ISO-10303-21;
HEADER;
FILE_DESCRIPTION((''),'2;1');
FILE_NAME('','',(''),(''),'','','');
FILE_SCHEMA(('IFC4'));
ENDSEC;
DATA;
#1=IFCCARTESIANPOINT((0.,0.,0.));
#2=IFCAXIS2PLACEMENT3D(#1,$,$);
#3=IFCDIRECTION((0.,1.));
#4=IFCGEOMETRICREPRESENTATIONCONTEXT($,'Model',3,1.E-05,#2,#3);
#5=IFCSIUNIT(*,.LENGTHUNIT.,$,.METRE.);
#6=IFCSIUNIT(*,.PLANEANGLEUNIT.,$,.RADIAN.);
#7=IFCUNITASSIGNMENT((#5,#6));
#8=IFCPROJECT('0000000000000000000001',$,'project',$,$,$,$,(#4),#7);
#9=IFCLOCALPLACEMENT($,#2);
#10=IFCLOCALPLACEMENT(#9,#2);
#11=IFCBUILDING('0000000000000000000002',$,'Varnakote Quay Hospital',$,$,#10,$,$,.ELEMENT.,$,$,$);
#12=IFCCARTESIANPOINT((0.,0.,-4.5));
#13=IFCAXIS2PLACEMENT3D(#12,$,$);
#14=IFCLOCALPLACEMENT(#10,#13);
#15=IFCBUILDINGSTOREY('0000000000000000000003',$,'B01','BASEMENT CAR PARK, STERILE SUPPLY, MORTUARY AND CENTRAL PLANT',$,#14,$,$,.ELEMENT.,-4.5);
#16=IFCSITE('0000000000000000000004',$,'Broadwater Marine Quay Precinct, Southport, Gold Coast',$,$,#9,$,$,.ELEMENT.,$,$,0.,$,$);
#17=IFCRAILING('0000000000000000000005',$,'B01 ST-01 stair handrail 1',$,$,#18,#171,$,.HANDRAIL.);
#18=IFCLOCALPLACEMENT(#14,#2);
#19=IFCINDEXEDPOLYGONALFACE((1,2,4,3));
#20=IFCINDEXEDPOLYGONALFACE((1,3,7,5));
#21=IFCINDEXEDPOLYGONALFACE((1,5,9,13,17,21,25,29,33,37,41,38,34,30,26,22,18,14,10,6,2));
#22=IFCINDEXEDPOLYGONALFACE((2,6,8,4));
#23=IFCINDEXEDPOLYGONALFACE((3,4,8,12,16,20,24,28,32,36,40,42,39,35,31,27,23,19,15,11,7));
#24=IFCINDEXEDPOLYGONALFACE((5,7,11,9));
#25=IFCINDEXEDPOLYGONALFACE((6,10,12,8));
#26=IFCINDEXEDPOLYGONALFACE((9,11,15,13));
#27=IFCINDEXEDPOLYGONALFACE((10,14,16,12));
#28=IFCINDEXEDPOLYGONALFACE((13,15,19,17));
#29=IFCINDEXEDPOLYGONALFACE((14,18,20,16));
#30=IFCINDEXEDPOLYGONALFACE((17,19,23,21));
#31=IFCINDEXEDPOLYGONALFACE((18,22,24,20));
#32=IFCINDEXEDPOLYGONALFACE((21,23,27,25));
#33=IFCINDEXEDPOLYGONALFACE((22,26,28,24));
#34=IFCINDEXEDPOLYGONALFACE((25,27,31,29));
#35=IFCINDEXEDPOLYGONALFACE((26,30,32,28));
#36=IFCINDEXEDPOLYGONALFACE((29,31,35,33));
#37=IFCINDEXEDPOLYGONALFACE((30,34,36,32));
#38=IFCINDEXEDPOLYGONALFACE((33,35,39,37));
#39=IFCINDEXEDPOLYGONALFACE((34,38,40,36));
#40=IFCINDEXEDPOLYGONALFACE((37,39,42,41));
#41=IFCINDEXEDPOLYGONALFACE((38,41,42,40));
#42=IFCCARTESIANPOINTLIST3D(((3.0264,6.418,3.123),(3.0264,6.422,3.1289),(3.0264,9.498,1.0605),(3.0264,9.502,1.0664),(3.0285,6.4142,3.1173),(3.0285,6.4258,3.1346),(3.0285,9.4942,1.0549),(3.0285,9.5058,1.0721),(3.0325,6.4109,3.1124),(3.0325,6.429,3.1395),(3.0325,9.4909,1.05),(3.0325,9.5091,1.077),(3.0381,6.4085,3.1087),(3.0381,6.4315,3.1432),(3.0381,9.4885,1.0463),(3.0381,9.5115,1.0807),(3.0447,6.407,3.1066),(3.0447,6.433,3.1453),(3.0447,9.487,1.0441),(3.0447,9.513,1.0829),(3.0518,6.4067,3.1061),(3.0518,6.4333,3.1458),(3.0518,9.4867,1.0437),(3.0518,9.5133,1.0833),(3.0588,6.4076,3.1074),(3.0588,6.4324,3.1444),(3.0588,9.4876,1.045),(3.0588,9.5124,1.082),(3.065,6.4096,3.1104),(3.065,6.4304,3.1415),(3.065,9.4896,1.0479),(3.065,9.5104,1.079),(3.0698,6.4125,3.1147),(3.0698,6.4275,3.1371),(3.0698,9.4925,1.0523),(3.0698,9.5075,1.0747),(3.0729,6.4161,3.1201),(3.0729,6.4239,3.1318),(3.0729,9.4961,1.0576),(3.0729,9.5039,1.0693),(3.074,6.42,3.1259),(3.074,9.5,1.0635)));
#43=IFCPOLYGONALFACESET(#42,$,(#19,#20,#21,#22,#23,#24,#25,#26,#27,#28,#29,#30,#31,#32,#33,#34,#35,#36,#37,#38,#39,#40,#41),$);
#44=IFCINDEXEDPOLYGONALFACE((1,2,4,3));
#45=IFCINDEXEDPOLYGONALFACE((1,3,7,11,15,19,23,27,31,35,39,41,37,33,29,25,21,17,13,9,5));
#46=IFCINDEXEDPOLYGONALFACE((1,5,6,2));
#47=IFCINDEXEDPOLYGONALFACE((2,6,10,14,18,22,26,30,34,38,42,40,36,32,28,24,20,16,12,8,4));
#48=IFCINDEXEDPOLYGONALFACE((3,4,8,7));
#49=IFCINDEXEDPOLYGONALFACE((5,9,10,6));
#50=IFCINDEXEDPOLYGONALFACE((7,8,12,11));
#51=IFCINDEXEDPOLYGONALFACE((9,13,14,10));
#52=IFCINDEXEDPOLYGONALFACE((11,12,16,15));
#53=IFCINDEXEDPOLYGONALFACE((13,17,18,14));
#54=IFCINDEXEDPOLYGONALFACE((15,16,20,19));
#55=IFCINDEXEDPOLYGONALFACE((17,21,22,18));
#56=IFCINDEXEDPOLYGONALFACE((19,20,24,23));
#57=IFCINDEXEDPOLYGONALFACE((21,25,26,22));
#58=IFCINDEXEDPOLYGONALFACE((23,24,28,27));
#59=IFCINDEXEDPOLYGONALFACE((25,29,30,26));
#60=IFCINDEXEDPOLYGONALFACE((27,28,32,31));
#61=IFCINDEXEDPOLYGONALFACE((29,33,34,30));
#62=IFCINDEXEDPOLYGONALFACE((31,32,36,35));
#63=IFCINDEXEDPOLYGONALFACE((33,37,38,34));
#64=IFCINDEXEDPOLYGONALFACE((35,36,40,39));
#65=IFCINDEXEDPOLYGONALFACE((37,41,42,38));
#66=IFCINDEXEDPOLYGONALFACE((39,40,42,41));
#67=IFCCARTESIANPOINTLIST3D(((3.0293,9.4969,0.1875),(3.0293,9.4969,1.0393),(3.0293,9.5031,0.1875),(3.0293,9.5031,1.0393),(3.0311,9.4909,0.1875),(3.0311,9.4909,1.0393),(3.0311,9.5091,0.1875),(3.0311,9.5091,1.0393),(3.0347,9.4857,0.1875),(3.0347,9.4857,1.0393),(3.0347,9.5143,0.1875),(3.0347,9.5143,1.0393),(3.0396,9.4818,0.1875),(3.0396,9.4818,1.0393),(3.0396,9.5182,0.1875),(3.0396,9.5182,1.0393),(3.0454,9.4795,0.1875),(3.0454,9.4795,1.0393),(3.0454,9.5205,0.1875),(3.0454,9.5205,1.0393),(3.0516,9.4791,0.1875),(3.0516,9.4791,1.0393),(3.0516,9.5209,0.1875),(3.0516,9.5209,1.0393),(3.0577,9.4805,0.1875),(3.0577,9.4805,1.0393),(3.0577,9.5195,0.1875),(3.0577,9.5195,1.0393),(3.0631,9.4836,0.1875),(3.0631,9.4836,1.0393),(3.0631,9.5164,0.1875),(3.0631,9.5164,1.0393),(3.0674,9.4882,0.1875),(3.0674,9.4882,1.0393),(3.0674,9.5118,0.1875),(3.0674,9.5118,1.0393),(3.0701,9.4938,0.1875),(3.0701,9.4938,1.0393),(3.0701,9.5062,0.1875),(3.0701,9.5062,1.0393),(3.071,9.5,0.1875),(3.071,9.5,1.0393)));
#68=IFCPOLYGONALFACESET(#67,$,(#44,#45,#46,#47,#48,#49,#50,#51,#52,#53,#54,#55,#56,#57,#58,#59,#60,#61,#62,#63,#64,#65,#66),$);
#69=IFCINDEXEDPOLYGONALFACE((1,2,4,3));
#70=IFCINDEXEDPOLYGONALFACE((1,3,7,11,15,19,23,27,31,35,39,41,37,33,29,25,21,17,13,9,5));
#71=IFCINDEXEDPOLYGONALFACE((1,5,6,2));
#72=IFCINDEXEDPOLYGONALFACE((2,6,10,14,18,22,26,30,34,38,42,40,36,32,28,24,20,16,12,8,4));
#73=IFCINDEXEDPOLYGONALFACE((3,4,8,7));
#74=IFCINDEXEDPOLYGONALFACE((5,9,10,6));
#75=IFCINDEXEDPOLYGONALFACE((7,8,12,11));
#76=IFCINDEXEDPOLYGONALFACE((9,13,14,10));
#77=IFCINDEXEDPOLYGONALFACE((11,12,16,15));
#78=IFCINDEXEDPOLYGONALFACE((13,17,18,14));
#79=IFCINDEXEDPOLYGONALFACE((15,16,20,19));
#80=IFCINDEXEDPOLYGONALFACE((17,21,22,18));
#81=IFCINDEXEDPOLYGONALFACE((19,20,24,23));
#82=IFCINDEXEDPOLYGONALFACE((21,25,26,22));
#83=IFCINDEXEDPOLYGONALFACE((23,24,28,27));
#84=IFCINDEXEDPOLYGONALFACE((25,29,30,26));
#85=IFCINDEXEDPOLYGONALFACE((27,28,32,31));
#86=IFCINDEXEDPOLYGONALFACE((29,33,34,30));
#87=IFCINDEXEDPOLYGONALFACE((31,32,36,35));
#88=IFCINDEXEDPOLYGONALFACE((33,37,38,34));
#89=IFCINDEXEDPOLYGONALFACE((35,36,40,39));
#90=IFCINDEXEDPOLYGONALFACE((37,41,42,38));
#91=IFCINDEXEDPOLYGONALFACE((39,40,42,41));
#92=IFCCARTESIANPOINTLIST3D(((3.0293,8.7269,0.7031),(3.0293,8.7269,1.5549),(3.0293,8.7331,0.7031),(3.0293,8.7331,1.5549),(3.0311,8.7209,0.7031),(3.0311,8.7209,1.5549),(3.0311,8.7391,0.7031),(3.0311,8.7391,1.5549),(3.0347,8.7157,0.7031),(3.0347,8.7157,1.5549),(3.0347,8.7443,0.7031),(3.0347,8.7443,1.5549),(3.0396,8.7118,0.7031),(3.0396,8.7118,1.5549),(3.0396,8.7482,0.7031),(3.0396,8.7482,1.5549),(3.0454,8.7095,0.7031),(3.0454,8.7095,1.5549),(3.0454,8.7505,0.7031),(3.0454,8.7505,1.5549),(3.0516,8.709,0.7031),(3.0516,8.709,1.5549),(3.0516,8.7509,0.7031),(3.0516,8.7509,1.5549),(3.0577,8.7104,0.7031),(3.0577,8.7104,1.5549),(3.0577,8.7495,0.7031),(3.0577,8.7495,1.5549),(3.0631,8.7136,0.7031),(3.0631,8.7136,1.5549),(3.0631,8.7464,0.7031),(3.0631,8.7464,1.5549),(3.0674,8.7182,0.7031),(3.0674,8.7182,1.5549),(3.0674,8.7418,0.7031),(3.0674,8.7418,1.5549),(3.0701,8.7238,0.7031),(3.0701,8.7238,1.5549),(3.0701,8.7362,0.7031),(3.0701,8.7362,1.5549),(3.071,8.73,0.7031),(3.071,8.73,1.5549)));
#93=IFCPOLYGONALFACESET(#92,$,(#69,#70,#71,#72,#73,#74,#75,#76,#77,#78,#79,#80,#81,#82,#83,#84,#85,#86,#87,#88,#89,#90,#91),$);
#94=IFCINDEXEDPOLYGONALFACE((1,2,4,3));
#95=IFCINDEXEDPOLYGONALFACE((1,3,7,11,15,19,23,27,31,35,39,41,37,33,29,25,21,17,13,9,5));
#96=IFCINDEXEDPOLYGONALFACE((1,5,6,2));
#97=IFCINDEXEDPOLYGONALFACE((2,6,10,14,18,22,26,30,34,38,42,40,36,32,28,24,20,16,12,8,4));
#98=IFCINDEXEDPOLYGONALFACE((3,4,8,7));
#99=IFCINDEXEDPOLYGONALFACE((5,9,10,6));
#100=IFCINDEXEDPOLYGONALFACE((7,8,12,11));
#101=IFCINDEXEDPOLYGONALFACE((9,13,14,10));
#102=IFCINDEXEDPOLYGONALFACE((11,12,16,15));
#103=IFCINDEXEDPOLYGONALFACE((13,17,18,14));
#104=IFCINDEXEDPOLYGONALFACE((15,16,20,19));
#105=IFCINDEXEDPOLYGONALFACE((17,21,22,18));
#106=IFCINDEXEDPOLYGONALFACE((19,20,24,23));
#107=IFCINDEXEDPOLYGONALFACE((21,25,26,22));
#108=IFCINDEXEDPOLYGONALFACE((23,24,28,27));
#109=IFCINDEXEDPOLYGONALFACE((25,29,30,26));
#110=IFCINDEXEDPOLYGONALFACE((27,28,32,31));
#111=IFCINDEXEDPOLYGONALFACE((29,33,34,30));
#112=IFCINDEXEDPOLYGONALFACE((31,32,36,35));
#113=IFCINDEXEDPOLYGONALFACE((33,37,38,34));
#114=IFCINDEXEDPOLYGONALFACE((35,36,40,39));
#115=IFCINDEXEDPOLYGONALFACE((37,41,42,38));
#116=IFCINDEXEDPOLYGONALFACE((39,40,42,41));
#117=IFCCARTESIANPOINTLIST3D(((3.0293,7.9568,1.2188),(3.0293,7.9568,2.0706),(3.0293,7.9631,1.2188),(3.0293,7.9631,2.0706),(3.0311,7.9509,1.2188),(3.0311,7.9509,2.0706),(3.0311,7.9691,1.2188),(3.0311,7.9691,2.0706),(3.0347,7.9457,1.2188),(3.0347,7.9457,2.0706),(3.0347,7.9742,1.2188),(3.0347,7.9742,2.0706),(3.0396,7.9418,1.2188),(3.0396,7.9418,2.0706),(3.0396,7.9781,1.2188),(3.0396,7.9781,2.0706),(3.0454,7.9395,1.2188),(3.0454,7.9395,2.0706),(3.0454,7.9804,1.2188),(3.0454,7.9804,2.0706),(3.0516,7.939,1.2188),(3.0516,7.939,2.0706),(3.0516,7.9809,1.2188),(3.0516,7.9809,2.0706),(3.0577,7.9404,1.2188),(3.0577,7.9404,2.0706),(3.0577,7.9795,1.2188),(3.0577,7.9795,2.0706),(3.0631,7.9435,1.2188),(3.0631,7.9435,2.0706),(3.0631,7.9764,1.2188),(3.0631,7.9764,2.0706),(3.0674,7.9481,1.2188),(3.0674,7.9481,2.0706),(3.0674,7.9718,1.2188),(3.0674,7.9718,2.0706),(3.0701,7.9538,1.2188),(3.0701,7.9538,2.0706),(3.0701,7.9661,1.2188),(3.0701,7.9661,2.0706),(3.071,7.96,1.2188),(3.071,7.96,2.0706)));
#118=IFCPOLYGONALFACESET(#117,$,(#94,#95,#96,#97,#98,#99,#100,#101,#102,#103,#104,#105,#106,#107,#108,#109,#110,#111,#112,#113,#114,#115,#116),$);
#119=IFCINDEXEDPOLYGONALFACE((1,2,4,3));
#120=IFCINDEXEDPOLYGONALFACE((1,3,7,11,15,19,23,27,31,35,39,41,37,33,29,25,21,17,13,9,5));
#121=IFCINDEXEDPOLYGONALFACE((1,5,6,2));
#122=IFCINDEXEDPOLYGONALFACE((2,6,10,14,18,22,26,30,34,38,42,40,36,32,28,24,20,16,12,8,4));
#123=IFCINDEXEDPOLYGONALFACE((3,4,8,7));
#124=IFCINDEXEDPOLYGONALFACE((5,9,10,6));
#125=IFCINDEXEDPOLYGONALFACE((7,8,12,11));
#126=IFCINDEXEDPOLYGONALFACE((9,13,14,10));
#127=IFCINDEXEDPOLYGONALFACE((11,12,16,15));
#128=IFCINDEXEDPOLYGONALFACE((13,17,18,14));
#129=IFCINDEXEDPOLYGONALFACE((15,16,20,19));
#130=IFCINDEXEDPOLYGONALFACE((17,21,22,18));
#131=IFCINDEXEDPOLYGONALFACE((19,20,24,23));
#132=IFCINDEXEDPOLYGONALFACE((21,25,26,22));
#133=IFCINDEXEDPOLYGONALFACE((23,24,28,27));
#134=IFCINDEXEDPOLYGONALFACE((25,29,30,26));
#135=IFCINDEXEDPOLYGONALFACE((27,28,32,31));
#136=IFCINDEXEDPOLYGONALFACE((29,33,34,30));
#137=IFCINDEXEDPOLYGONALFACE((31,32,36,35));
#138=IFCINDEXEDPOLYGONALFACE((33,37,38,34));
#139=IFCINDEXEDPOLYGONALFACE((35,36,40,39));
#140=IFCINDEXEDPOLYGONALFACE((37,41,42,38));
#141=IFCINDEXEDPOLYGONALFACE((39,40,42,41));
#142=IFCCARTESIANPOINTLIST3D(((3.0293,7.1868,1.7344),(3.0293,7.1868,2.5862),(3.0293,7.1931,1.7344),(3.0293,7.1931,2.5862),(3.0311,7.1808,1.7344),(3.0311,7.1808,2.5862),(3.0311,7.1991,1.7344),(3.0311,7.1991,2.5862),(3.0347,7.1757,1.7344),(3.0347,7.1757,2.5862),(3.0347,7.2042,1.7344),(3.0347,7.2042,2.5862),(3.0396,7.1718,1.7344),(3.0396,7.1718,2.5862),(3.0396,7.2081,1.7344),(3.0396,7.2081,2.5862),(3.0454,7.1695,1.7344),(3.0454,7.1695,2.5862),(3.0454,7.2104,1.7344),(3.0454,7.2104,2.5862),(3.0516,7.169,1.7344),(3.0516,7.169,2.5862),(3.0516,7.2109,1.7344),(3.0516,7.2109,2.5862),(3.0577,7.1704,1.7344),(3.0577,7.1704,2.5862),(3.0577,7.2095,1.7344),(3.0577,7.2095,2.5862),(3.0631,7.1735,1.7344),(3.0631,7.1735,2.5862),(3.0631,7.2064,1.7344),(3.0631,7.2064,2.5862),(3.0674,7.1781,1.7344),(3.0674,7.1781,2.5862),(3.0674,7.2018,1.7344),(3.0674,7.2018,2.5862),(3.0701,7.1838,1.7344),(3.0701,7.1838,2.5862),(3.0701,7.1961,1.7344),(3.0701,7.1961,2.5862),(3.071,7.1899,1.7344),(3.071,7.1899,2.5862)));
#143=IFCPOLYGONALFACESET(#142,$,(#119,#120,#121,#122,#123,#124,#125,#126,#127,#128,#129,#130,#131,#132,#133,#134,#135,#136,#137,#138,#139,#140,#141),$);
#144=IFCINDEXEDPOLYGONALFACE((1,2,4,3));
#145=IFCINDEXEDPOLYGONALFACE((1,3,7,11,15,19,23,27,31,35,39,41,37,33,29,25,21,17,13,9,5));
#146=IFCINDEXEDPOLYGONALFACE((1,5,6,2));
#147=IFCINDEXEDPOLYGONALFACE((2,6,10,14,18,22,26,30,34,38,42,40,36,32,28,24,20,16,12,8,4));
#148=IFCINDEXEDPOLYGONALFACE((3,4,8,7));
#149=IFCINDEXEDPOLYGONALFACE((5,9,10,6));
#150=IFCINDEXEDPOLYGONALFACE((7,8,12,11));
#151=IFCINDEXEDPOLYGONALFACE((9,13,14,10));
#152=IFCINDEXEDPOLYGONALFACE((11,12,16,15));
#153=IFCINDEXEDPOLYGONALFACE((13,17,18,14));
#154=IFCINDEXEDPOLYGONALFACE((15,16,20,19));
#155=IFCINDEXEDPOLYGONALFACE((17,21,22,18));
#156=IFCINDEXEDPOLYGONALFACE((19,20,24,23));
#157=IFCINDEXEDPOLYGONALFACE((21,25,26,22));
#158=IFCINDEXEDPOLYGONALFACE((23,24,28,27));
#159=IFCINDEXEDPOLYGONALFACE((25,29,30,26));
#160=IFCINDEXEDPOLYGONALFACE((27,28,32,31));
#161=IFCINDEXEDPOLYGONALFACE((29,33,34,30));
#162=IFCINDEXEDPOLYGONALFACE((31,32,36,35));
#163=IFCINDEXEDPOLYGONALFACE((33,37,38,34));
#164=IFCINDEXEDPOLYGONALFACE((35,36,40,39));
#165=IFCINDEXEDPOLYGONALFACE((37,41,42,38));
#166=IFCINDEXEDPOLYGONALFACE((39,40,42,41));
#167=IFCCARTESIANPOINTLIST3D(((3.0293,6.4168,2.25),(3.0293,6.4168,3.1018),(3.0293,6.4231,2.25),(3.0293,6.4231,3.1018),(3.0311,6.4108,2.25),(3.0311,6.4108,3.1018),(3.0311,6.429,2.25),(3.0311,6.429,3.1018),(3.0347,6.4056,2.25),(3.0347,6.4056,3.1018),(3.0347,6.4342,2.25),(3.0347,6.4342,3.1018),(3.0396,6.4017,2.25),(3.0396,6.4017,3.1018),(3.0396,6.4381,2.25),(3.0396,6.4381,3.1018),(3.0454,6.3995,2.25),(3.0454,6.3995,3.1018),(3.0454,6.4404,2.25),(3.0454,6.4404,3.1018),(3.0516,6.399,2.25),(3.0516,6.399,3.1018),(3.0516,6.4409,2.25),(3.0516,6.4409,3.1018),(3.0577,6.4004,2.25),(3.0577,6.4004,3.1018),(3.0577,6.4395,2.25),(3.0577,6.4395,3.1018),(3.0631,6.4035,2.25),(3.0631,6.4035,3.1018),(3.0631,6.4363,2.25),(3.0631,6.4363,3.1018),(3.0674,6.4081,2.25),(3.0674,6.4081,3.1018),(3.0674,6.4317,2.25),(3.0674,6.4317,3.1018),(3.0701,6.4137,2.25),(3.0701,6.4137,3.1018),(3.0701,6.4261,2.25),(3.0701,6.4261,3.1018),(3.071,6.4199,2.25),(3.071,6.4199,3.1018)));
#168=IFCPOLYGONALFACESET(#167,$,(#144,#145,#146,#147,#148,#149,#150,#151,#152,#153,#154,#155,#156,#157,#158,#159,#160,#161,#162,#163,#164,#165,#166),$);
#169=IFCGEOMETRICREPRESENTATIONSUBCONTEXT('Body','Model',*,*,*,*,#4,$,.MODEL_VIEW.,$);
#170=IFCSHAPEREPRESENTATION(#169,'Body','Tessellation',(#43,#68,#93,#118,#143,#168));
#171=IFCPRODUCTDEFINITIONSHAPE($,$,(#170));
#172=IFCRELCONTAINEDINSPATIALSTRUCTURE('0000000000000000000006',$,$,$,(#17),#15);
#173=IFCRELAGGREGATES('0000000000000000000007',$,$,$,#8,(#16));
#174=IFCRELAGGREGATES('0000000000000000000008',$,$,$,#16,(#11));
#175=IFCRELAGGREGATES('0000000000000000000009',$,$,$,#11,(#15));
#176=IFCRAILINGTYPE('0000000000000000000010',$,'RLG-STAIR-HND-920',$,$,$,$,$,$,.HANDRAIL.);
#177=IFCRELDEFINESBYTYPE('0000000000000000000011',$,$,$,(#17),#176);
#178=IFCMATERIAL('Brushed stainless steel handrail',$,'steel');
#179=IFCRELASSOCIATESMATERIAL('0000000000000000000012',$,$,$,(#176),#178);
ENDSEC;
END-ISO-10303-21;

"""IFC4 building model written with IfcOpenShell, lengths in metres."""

from ifc_helpers import new_model, si_unit, direction, frame, origin, origin_2d, place, context, subcontext, project, spatial, circle, extrude, material, type_object, element, save


model = new_model("IFC4")

# Units and contexts
model_context = context("Model", 3, precision=1e-05, world=origin(), true_north=direction((0.0, 1.0)))
body_context = subcontext(model_context, "Body", "Model", "MODEL_VIEW")
ifc_project = project(units=[si_unit("LENGTHUNIT", "METRE"), si_unit("PLANEANGLEUNIT", "RADIAN")], contexts=[model_context])

# Site, building, storey
site_placement = place(None, origin())
site = spatial("IfcSite", under=ifc_project, at=site_placement, Name="Broadwater Marine Quay Precinct, Southport, Gold Coast", CompositionType="ELEMENT", RefElevation=0.0)
building_placement = place(site_placement, origin())
building = spatial("IfcBuilding", under=site, at=building_placement, Name="Varnakote Quay Hospital", CompositionType="ELEMENT")
storey_placement = place(building_placement, frame((0.0, 0.0, -4.5)))
storey = spatial("IfcBuildingStorey", under=building, at=storey_placement, Name="B01", Description="BASEMENT CAR PARK, STERILE SUPPLY, MORTUARY AND CENTRAL PLANT", CompositionType="ELEMENT", Elevation=-4.5)

# Railing
ifc_material_1 = material(Name="Brushed stainless steel handrail", Category="steel")
railing_type_1 = type_object("IfcRailingType", Name="RLG-STAIR-HND-920", PredefinedType="HANDRAIL", material=ifc_material_1)
railing_1_placement = place(storey_placement, frame((3.05, 9.5, 0.1875)))
element("IfcRailing", 1, at=railing_1_placement, inside=storey, type_object=railing_type_1, Name="B01 ST-01 stair handrail 1", PredefinedType="HANDRAIL", context=body_context, shape_type="SweptSolid", body=[
    extrude(circle(Radius=0.0239, at=origin_2d()), frame((0.0, 0.0, 0.876), z_axis=(0.0, -0.830914, 0.556401), x_axis=(1.0, 0.0, 0.0)), (0.0, 0.0, 1.0), 3.7068),
    extrude(circle(Radius=0.021, at=origin_2d()), origin(), (0.0, 0.0, 1.0), 0.8518),
    extrude(circle(Radius=0.021, at=origin_2d()), frame((0.0, -0.77, 0.5156)), (0.0, 0.0, 1.0), 0.8518),
    extrude(circle(Radius=0.021, at=origin_2d()), frame((0.0, -1.54, 1.0312)), (0.0, 0.0, 1.0), 0.8518),
    extrude(circle(Radius=0.021, at=origin_2d()), frame((0.0, -2.3101, 1.5469)), (0.0, 0.0, 1.0), 0.8518),
    extrude(circle(Radius=0.021, at=origin_2d()), frame((0.0, -3.0801, 2.0625)), (0.0, 0.0, 1.0), 0.8518),
])

save(model, "model.ifc")
